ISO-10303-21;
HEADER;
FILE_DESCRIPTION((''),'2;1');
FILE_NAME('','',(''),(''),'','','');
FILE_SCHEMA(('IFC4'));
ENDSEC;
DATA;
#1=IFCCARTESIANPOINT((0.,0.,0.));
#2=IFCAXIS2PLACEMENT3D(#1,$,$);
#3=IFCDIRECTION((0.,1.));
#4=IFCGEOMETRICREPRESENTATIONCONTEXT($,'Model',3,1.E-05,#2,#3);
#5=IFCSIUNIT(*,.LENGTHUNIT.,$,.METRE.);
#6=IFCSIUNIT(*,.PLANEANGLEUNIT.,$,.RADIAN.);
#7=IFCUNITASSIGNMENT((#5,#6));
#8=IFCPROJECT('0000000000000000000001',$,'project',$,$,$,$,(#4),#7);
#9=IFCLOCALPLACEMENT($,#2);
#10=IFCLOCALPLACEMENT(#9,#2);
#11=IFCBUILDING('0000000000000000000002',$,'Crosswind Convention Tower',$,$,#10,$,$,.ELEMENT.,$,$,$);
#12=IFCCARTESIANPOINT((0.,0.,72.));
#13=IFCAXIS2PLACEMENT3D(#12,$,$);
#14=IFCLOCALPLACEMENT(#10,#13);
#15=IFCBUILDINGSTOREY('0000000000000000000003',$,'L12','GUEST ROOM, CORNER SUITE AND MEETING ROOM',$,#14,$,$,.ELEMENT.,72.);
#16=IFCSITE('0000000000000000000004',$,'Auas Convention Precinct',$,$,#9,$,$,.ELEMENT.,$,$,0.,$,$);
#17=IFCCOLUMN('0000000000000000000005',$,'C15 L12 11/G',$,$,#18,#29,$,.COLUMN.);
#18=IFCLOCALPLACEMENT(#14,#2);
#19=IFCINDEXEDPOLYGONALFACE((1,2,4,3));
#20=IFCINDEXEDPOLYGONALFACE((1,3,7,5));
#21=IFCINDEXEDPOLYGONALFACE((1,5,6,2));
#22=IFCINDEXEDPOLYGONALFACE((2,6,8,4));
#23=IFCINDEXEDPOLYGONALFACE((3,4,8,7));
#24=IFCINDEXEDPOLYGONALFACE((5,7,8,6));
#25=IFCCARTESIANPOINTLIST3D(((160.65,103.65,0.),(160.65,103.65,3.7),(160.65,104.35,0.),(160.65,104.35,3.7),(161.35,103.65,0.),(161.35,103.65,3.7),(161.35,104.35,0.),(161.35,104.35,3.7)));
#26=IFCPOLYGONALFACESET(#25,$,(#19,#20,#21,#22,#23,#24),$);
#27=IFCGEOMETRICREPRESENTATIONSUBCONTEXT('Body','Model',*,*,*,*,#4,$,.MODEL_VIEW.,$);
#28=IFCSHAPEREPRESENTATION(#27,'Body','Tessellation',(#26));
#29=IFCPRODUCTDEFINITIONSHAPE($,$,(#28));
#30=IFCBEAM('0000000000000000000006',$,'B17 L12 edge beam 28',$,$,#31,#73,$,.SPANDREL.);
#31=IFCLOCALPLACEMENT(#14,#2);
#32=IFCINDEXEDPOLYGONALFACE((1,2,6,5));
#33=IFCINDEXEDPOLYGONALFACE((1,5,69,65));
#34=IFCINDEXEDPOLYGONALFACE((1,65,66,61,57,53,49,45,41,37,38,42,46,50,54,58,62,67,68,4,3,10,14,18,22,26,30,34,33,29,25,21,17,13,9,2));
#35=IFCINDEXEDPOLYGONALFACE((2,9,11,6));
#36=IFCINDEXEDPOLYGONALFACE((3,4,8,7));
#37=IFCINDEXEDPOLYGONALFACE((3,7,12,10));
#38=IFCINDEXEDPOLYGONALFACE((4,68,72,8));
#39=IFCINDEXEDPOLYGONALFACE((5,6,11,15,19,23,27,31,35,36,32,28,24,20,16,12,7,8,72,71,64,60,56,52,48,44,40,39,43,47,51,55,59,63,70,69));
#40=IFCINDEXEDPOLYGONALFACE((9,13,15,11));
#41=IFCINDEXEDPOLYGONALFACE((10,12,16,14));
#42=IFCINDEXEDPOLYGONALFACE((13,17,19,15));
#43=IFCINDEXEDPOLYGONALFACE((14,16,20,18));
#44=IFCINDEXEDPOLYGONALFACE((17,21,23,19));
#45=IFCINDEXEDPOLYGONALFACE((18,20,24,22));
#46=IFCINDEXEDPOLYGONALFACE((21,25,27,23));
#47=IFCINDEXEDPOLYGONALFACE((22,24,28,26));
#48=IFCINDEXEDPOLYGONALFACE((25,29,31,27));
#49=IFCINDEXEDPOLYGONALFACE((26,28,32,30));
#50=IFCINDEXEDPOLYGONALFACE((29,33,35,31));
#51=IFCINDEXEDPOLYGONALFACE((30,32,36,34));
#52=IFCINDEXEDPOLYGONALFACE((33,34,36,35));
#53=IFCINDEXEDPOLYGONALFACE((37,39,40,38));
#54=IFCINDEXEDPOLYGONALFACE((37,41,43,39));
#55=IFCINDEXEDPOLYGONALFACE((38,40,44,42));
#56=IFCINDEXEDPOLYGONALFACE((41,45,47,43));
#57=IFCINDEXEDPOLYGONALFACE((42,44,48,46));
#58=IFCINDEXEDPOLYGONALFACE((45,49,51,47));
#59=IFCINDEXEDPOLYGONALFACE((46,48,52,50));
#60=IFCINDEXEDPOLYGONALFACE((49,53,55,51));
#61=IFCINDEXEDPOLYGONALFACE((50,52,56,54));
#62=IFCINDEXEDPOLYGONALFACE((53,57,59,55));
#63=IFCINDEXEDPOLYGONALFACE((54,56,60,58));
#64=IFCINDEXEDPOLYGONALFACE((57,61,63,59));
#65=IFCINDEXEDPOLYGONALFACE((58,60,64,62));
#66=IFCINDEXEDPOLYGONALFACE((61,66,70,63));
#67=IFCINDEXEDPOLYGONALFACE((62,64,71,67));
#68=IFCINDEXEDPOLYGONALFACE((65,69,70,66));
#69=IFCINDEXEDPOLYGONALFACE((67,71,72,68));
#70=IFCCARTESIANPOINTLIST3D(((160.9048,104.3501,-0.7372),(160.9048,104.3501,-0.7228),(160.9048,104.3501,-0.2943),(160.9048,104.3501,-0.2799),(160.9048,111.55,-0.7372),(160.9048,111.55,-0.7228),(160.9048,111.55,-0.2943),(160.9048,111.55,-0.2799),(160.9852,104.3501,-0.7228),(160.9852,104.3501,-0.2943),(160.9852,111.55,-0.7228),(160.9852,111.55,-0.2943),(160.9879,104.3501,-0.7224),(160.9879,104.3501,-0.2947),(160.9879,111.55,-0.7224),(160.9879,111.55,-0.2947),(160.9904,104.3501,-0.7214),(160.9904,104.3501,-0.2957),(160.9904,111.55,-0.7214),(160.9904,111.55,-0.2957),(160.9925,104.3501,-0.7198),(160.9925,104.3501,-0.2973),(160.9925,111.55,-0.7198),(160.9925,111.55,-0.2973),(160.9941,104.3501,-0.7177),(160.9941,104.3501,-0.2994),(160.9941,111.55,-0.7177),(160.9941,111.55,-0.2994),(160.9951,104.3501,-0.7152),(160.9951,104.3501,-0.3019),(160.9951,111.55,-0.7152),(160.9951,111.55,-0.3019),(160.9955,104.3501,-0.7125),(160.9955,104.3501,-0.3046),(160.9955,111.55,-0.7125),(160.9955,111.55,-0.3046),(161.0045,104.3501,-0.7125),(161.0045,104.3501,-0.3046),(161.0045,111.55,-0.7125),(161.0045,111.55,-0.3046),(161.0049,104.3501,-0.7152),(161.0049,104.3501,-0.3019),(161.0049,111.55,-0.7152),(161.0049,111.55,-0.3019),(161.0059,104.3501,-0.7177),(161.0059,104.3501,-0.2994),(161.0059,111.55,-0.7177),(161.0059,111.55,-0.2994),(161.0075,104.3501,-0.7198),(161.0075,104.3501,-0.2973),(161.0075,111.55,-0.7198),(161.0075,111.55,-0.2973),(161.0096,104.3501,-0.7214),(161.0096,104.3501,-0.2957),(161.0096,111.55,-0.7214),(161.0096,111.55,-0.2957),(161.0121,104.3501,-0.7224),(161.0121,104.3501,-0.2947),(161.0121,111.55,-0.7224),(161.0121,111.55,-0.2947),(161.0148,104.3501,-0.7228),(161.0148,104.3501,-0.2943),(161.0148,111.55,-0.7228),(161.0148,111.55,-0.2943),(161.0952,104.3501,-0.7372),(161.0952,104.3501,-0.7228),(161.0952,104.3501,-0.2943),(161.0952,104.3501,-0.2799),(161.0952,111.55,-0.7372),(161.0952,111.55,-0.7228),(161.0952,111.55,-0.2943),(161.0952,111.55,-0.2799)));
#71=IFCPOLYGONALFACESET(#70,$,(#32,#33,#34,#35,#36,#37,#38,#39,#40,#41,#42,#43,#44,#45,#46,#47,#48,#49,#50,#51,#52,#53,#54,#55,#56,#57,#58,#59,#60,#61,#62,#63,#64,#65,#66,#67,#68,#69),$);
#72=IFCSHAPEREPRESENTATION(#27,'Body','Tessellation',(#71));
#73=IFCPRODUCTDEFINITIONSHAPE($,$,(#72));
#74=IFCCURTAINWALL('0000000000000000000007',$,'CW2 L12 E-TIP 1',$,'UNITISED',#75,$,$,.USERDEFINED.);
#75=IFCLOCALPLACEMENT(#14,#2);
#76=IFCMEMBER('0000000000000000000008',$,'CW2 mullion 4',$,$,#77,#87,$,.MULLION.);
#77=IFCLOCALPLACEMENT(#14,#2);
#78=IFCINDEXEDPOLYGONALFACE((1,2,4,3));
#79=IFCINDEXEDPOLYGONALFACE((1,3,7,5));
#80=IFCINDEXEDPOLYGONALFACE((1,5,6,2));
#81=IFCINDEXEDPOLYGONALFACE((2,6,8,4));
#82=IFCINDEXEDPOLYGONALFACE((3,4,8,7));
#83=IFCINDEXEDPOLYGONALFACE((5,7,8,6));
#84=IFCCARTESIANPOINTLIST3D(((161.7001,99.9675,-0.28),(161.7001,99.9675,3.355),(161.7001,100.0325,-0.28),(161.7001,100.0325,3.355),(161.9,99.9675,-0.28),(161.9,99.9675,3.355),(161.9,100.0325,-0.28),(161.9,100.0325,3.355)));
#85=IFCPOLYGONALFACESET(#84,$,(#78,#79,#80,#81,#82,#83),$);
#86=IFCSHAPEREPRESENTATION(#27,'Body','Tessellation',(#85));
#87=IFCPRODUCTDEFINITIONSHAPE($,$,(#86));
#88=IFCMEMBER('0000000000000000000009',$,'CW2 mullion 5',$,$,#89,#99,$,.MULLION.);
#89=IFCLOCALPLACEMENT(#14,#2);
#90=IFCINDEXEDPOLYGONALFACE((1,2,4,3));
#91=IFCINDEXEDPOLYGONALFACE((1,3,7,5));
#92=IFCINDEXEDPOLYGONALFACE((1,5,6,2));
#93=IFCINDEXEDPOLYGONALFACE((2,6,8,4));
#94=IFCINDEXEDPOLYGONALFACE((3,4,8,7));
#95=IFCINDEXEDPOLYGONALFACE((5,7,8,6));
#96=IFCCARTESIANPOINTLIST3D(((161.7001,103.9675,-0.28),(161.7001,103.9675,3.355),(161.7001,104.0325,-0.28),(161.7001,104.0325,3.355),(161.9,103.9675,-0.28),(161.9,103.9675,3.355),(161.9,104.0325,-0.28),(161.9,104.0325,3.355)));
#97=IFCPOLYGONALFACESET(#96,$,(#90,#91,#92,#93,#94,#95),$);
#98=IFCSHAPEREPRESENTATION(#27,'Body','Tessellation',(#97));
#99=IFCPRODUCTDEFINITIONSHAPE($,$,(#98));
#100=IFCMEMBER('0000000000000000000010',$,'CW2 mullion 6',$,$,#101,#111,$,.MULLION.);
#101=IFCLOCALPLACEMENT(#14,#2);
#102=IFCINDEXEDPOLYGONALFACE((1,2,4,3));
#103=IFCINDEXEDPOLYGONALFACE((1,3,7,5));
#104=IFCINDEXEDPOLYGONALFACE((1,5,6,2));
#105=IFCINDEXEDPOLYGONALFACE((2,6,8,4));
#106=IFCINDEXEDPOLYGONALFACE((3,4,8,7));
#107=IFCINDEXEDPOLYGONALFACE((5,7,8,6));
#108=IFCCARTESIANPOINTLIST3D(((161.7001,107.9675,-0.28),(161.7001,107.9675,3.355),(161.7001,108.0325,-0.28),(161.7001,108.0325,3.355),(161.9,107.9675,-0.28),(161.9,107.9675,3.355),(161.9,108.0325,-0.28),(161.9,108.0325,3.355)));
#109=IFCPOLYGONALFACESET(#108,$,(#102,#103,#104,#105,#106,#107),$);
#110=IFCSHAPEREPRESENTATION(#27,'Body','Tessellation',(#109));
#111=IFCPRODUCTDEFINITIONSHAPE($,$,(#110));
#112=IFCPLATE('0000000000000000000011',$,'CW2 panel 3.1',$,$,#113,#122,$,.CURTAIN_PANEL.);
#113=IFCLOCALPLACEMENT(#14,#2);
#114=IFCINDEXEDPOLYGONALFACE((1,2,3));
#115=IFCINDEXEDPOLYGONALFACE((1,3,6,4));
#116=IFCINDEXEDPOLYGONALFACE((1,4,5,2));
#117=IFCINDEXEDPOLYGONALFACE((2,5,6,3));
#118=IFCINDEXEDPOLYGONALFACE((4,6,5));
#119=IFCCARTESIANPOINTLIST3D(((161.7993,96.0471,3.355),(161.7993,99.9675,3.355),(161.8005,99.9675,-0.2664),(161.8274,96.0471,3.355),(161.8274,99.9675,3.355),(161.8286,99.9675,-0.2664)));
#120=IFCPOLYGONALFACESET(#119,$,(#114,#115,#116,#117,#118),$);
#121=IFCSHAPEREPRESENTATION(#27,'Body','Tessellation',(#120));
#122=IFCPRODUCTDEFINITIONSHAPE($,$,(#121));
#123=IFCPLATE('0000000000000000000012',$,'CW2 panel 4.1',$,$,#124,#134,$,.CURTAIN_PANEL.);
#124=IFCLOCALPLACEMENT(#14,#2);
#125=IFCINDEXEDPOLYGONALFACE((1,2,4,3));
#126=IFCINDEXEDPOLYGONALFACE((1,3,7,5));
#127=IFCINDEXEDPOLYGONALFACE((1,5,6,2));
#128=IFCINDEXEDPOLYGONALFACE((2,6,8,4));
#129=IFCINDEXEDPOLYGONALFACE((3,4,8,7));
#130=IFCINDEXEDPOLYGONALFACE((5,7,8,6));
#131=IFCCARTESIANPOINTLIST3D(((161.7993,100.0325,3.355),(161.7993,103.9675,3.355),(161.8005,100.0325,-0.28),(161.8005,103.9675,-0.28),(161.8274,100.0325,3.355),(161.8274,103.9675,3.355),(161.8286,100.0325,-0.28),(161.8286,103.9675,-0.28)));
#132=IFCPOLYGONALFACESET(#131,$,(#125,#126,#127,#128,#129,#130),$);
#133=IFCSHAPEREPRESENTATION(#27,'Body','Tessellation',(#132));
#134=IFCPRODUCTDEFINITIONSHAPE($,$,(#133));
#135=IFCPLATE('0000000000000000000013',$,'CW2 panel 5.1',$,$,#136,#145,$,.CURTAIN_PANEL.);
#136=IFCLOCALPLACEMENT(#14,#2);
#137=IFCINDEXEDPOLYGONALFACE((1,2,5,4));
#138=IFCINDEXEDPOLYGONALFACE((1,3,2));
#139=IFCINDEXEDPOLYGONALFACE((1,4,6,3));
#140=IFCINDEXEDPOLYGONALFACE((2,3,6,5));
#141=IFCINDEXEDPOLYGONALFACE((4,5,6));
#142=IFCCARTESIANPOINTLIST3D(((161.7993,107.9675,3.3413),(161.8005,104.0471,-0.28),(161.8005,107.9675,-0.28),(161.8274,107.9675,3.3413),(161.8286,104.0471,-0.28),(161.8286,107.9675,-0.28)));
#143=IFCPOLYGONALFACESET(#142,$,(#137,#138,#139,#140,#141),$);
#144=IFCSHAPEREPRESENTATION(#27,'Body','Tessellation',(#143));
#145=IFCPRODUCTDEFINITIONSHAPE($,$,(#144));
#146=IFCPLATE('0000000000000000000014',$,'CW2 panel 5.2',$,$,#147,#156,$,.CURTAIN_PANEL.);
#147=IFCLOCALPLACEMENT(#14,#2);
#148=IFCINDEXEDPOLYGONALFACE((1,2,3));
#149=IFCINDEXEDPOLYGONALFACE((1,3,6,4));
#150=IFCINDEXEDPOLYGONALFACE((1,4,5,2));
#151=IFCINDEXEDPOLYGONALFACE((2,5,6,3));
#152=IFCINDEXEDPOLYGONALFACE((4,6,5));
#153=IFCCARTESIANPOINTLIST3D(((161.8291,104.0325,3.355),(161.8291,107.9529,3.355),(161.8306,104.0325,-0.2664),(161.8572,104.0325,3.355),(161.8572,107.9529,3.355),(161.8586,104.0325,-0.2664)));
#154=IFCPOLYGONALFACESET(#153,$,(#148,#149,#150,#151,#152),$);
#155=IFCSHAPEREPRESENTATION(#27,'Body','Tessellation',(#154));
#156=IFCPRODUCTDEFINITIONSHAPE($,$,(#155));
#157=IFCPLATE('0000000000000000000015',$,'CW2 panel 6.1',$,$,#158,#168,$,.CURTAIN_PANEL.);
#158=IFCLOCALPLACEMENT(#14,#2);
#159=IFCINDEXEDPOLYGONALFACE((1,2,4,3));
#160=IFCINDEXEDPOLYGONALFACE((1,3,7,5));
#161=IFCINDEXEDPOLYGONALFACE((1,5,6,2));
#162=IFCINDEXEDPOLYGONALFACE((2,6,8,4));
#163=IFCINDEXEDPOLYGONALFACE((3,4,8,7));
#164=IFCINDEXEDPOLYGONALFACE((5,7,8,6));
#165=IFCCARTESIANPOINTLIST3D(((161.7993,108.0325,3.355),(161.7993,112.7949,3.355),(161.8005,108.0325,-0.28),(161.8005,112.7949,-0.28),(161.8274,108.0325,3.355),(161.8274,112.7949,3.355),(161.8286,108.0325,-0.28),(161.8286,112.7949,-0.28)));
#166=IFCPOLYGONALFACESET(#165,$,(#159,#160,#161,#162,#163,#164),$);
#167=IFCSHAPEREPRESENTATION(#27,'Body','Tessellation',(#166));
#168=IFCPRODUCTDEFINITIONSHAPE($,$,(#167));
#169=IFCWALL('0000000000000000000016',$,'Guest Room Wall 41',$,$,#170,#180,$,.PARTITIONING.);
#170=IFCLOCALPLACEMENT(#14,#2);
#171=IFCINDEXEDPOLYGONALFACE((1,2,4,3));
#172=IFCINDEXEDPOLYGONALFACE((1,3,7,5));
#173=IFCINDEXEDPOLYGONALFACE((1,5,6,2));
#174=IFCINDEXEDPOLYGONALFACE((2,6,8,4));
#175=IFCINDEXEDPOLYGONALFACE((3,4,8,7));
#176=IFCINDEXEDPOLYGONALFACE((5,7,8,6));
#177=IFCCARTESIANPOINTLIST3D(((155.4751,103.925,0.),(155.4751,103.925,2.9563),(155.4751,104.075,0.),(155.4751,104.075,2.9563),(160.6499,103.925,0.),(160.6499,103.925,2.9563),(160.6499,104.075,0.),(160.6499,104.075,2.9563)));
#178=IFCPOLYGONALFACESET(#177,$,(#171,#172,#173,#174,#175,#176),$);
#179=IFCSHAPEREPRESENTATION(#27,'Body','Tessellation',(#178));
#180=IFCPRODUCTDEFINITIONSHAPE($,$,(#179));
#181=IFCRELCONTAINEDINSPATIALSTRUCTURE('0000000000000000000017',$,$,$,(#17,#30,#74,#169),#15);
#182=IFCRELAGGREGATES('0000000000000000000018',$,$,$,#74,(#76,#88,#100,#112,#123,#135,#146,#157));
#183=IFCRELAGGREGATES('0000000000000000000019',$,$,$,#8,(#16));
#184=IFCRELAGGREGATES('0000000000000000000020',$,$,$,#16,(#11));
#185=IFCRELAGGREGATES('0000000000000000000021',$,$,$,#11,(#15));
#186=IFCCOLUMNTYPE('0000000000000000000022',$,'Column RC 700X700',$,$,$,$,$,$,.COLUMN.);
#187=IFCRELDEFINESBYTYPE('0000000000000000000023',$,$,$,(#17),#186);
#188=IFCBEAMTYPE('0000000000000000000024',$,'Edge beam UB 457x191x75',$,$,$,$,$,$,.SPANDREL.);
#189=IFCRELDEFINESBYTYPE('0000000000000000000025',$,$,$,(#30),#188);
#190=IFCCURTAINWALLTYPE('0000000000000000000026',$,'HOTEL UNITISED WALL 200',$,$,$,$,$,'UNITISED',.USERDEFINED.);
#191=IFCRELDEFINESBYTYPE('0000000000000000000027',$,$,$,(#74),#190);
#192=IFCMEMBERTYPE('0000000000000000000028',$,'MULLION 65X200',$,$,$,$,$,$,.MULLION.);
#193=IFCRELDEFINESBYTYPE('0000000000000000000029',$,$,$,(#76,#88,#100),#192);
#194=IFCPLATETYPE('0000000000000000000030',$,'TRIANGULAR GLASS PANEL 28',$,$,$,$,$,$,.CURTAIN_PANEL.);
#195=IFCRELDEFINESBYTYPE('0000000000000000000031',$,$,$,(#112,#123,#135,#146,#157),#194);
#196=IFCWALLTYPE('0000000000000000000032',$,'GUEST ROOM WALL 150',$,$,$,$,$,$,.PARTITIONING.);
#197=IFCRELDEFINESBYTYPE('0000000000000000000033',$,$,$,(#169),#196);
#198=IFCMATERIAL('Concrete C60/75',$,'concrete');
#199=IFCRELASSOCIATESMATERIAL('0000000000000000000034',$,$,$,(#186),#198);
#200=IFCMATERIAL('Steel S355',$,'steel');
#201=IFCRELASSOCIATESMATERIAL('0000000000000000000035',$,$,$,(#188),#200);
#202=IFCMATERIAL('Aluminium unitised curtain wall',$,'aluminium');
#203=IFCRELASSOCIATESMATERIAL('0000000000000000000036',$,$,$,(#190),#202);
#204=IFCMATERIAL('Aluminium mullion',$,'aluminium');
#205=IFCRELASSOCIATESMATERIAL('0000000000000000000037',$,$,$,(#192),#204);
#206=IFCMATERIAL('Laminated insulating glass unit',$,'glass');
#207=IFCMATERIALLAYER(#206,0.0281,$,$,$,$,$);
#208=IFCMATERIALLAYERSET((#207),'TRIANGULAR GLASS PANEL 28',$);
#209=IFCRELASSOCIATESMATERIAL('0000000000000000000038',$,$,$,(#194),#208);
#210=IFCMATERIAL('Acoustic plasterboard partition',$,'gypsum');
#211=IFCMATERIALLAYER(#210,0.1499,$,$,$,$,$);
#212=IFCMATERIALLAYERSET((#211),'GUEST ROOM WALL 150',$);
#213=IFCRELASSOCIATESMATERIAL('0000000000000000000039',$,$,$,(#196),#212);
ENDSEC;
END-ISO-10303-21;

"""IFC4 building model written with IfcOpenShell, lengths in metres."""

from ifc_helpers import new_model, si_unit, direction, frame, frame_2d, origin, origin_2d, place, context, subcontext, project, spatial, polyline, rectangle, i_section, outline, extrude, material, layer, layer_set, material_profile, profile_set, type_object, element, aggregate, save


model = new_model("IFC4")

# Units and contexts
model_context = context("Model", 3, precision=1e-05, world=origin(), true_north=direction((0.0, 1.0)))
body_context = subcontext(model_context, "Body", "Model", "MODEL_VIEW")
ifc_project = project(units=[si_unit("LENGTHUNIT", "METRE"), si_unit("PLANEANGLEUNIT", "RADIAN")], contexts=[model_context])

# Site, building, storey
site_placement = place(None, origin())
site = spatial("IfcSite", under=ifc_project, at=site_placement, Name="Auas Convention Precinct", CompositionType="ELEMENT", RefElevation=0.0)
building_placement = place(site_placement, origin())
building = spatial("IfcBuilding", under=site, at=building_placement, Name="Crosswind Convention Tower", CompositionType="ELEMENT")
storey_placement = place(building_placement, frame((0.0, 0.0, 72.0)))
storey = spatial("IfcBuildingStorey", under=building, at=storey_placement, Name="L12", Description="GUEST ROOM, CORNER SUITE AND MEETING ROOM", CompositionType="ELEMENT", Elevation=72.0)

# Column
ifc_material_1 = material(Name="Concrete C60/75", Category="concrete")
ifc_material_profile_1 = material_profile(ifc_material_1, rectangle(XDim=0.7, YDim=0.7, at=origin_2d()), Name="RC 700X700")
ifc_profile_set_1 = profile_set([ifc_material_profile_1], Name="Concrete C60/75")
column_type = type_object("IfcColumnType", Name="Column RC 700X700", PredefinedType="COLUMN", material=ifc_profile_set_1)
column_placement = place(storey_placement, frame((161.0, 104.0, 0.0), z_axis=(0.0, 0.0, 1.0), x_axis=(1.0, 0.0, 0.0)))
element("IfcColumn", 1, at=column_placement, inside=storey, type_object=column_type, Name="C15 L12 11/G", PredefinedType="COLUMN", context=body_context, shape_type="SweptSolid", body=[
    extrude(rectangle(XDim=0.7, YDim=0.7, at=origin_2d()), origin(), (0.0, 0.0, 1.0), 3.7),
])

# Beam
ifc_material_2 = material(Name="Steel S355", Category="steel")
ifc_material_profile_2 = material_profile(ifc_material_2, i_section(OverallWidth=0.1904, OverallDepth=0.4573, WebThickness=0.009, FlangeThickness=0.0144, FilletRadius=0.0103, at=origin_2d()), Name="UB 457x191x75")
ifc_profile_set_2 = profile_set([ifc_material_profile_2], Name="Steel S355")
beam_type = type_object("IfcBeamType", Name="Edge beam UB 457x191x75", PredefinedType="SPANDREL", material=ifc_profile_set_2)
beam_placement = place(storey_placement, frame((161.0, 104.3501, -0.5085), z_axis=(0.0, 1.0, 0.0), x_axis=(-1.0, 0.0, 0.0)))
element("IfcBeam", 2, at=beam_placement, inside=storey, type_object=beam_type, Name="B17 L12 edge beam 28", PredefinedType="SPANDREL", context=body_context, shape_type="SweptSolid", body=[
    extrude(i_section(OverallWidth=0.1904, OverallDepth=0.4573, WebThickness=0.009, FlangeThickness=0.0144, FilletRadius=0.0103, at=origin_2d()), origin(), (0.0, 0.0, 1.0), 7.2),
])

# Curtain wall, members, plates
ifc_material_3 = material(Name="Aluminium unitised curtain wall", Category="aluminium")
curtain_wall_type = type_object("IfcCurtainWallType", Name="HOTEL UNITISED WALL 200", ElementType="UNITISED", PredefinedType="USERDEFINED", material=ifc_material_3)
curtain_wall_placement = place(storey_placement, origin())
curtain_wall = element("IfcCurtainWall", 3, at=curtain_wall_placement, inside=storey, type_object=curtain_wall_type, Name="CW2 L12 E-TIP 1", ObjectType="UNITISED", PredefinedType="USERDEFINED")
ifc_material_4 = material(Name="Aluminium mullion", Category="aluminium")
ifc_material_profile_3 = material_profile(ifc_material_4, rectangle(XDim=0.2, YDim=0.0649, at=origin_2d()), Name="AL 200X65")
ifc_profile_set_3 = profile_set([ifc_material_profile_3], Name="Aluminium mullion")
member_type = type_object("IfcMemberType", Name="MULLION 65X200", PredefinedType="MULLION", material=ifc_profile_set_3)
member_1_placement = place(storey_placement, frame((161.8, 100.0, -0.28), z_axis=(0.0, 0.0, 1.0), x_axis=(1.0, 0.0, 0.0)))
member_1 = element("IfcMember", 4, at=member_1_placement, type_object=member_type, Name="CW2 mullion 4", PredefinedType="MULLION", context=body_context, shape_type="SweptSolid", body=[
    extrude(rectangle(XDim=0.2, YDim=0.0649, at=origin_2d()), origin(), (0.0, 0.0, 1.0), 3.635),
])
member_2_placement = place(storey_placement, frame((161.8, 104.0, -0.28), z_axis=(0.0, 0.0, 1.0), x_axis=(1.0, 0.0, 0.0)))
member_2 = element("IfcMember", 5, at=member_2_placement, type_object=member_type, Name="CW2 mullion 5", PredefinedType="MULLION", context=body_context, shape_type="SweptSolid", body=[
    extrude(rectangle(XDim=0.2, YDim=0.0649, at=origin_2d()), origin(), (0.0, 0.0, 1.0), 3.635),
])
member_3_placement = place(storey_placement, frame((161.8, 108.0, -0.28), z_axis=(0.0, 0.0, 1.0), x_axis=(1.0, 0.0, 0.0)))
member_3 = element("IfcMember", 6, at=member_3_placement, type_object=member_type, Name="CW2 mullion 6", PredefinedType="MULLION", context=body_context, shape_type="SweptSolid", body=[
    extrude(rectangle(XDim=0.2, YDim=0.0649, at=origin_2d()), origin(), (0.0, 0.0, 1.0), 3.635),
])
ifc_material_5 = material(Name="Laminated insulating glass unit", Category="glass")
ifc_layer_1 = layer(ifc_material_5, 0.0281)
ifc_layer_set_1 = layer_set([ifc_layer_1], Name="TRIANGULAR GLASS PANEL 28")
plate_type = type_object("IfcPlateType", Name="TRIANGULAR GLASS PANEL 28", PredefinedType="CURTAIN_PANEL", material=ifc_layer_set_1)
plate_1_placement = place(storey_placement, frame((161.8274, 99.9675, 3.355), z_axis=(1.0, 0.0, 0.000337), x_axis=(0.0, -1.0, 0.0)))
plate_1 = element("IfcPlate", 7, at=plate_1_placement, type_object=plate_type, Name="CW2 panel 3.1", PredefinedType="CURTAIN_PANEL", context=body_context, shape_type="SweptSolid", body=[
    extrude(outline(polyline([(0.0, 0.0), (3.9204, 0.0), (0.0, 3.6213), (0.0, 0.0)])), origin(), (0.0, 0.0, -1.0), 0.0281),
])
plate_2_placement = place(storey_placement, frame((161.8286, 100.0325, -0.28), z_axis=(1.0, 0.0, 0.000336), x_axis=(0.0, 1.0, 0.0)))
plate_2 = element("IfcPlate", 8, at=plate_2_placement, type_object=plate_type, Name="CW2 panel 4.1", PredefinedType="CURTAIN_PANEL", context=body_context, shape_type="SweptSolid", body=[
    extrude(outline(polyline([(0.0, 0.0), (3.9351, 0.0), (3.9351, 3.635), (0.0, 3.635), (0.0, 0.0)])), origin(), (0.0, 0.0, -1.0), 0.0281),
])
plate_3_placement = place(storey_placement, frame((161.8286, 107.9675, -0.28), z_axis=(1.0, 0.0, 0.000337), x_axis=(-0.000337, 0.0, 1.0)))
plate_3 = element("IfcPlate", 9, at=plate_3_placement, type_object=plate_type, Name="CW2 panel 5.1", PredefinedType="CURTAIN_PANEL", context=body_context, shape_type="SweptSolid", body=[
    extrude(outline(polyline([(0.0, 0.0), (3.6213, 0.0), (0.0, 3.9204), (0.0, 0.0)])), origin(), (0.0, 0.0, -1.0), 0.0281),
])
plate_4_placement = place(storey_placement, frame((161.8572, 104.0325, 3.355), z_axis=(1.0, 0.0, 0.000405), x_axis=(0.000405, 0.0, -1.0)))
plate_4 = element("IfcPlate", 10, at=plate_4_placement, type_object=plate_type, Name="CW2 panel 5.2", PredefinedType="CURTAIN_PANEL", context=body_context, shape_type="SweptSolid", body=[
    extrude(outline(polyline([(0.0, 0.0), (3.6213, 0.0), (0.0, 3.9204), (0.0, 0.0)])), origin(), (0.0, 0.0, -1.0), 0.0281),
])
plate_5_placement = place(storey_placement, frame((161.8286, 108.0325, -0.28), z_axis=(1.0, 0.0, 0.000336), x_axis=(0.0, 1.0, 0.0)))
plate_5 = element("IfcPlate", 11, at=plate_5_placement, type_object=plate_type, Name="CW2 panel 6.1", PredefinedType="CURTAIN_PANEL", context=body_context, shape_type="SweptSolid", body=[
    extrude(outline(polyline([(0.0, 0.0), (4.7625, 0.0), (4.7625, 3.635), (0.0, 3.635), (0.0, 0.0)])), origin(), (0.0, 0.0, -1.0), 0.0281),
])
aggregate(curtain_wall, [member_1, member_2, member_3, plate_1, plate_2, plate_3, plate_4, plate_5])

# Wall
ifc_material_6 = material(Name="Acoustic plasterboard partition", Category="gypsum")
ifc_layer_2 = layer(ifc_material_6, 0.1499)
ifc_layer_set_2 = layer_set([ifc_layer_2], Name="GUEST ROOM WALL 150")
wall_type_1 = type_object("IfcWallType", Name="GUEST ROOM WALL 150", PredefinedType="PARTITIONING", material=ifc_layer_set_2)
wall_1_placement = place(storey_placement, frame((155.4751, 104.0, 0.0), z_axis=(0.0, 0.0, 1.0), x_axis=(1.0, 0.0, 0.0)))
element("IfcWall", 12, at=wall_1_placement, inside=storey, type_object=wall_type_1, Name="Guest Room Wall 41", PredefinedType="PARTITIONING", context=body_context, shape_type="SweptSolid", body=[
    extrude(rectangle(XDim=5.1748, YDim=0.1499, at=frame_2d((2.5874, 0.0))), origin(), (0.0, 0.0, 1.0), 2.9563),
])

save(model, "model.ifc")
